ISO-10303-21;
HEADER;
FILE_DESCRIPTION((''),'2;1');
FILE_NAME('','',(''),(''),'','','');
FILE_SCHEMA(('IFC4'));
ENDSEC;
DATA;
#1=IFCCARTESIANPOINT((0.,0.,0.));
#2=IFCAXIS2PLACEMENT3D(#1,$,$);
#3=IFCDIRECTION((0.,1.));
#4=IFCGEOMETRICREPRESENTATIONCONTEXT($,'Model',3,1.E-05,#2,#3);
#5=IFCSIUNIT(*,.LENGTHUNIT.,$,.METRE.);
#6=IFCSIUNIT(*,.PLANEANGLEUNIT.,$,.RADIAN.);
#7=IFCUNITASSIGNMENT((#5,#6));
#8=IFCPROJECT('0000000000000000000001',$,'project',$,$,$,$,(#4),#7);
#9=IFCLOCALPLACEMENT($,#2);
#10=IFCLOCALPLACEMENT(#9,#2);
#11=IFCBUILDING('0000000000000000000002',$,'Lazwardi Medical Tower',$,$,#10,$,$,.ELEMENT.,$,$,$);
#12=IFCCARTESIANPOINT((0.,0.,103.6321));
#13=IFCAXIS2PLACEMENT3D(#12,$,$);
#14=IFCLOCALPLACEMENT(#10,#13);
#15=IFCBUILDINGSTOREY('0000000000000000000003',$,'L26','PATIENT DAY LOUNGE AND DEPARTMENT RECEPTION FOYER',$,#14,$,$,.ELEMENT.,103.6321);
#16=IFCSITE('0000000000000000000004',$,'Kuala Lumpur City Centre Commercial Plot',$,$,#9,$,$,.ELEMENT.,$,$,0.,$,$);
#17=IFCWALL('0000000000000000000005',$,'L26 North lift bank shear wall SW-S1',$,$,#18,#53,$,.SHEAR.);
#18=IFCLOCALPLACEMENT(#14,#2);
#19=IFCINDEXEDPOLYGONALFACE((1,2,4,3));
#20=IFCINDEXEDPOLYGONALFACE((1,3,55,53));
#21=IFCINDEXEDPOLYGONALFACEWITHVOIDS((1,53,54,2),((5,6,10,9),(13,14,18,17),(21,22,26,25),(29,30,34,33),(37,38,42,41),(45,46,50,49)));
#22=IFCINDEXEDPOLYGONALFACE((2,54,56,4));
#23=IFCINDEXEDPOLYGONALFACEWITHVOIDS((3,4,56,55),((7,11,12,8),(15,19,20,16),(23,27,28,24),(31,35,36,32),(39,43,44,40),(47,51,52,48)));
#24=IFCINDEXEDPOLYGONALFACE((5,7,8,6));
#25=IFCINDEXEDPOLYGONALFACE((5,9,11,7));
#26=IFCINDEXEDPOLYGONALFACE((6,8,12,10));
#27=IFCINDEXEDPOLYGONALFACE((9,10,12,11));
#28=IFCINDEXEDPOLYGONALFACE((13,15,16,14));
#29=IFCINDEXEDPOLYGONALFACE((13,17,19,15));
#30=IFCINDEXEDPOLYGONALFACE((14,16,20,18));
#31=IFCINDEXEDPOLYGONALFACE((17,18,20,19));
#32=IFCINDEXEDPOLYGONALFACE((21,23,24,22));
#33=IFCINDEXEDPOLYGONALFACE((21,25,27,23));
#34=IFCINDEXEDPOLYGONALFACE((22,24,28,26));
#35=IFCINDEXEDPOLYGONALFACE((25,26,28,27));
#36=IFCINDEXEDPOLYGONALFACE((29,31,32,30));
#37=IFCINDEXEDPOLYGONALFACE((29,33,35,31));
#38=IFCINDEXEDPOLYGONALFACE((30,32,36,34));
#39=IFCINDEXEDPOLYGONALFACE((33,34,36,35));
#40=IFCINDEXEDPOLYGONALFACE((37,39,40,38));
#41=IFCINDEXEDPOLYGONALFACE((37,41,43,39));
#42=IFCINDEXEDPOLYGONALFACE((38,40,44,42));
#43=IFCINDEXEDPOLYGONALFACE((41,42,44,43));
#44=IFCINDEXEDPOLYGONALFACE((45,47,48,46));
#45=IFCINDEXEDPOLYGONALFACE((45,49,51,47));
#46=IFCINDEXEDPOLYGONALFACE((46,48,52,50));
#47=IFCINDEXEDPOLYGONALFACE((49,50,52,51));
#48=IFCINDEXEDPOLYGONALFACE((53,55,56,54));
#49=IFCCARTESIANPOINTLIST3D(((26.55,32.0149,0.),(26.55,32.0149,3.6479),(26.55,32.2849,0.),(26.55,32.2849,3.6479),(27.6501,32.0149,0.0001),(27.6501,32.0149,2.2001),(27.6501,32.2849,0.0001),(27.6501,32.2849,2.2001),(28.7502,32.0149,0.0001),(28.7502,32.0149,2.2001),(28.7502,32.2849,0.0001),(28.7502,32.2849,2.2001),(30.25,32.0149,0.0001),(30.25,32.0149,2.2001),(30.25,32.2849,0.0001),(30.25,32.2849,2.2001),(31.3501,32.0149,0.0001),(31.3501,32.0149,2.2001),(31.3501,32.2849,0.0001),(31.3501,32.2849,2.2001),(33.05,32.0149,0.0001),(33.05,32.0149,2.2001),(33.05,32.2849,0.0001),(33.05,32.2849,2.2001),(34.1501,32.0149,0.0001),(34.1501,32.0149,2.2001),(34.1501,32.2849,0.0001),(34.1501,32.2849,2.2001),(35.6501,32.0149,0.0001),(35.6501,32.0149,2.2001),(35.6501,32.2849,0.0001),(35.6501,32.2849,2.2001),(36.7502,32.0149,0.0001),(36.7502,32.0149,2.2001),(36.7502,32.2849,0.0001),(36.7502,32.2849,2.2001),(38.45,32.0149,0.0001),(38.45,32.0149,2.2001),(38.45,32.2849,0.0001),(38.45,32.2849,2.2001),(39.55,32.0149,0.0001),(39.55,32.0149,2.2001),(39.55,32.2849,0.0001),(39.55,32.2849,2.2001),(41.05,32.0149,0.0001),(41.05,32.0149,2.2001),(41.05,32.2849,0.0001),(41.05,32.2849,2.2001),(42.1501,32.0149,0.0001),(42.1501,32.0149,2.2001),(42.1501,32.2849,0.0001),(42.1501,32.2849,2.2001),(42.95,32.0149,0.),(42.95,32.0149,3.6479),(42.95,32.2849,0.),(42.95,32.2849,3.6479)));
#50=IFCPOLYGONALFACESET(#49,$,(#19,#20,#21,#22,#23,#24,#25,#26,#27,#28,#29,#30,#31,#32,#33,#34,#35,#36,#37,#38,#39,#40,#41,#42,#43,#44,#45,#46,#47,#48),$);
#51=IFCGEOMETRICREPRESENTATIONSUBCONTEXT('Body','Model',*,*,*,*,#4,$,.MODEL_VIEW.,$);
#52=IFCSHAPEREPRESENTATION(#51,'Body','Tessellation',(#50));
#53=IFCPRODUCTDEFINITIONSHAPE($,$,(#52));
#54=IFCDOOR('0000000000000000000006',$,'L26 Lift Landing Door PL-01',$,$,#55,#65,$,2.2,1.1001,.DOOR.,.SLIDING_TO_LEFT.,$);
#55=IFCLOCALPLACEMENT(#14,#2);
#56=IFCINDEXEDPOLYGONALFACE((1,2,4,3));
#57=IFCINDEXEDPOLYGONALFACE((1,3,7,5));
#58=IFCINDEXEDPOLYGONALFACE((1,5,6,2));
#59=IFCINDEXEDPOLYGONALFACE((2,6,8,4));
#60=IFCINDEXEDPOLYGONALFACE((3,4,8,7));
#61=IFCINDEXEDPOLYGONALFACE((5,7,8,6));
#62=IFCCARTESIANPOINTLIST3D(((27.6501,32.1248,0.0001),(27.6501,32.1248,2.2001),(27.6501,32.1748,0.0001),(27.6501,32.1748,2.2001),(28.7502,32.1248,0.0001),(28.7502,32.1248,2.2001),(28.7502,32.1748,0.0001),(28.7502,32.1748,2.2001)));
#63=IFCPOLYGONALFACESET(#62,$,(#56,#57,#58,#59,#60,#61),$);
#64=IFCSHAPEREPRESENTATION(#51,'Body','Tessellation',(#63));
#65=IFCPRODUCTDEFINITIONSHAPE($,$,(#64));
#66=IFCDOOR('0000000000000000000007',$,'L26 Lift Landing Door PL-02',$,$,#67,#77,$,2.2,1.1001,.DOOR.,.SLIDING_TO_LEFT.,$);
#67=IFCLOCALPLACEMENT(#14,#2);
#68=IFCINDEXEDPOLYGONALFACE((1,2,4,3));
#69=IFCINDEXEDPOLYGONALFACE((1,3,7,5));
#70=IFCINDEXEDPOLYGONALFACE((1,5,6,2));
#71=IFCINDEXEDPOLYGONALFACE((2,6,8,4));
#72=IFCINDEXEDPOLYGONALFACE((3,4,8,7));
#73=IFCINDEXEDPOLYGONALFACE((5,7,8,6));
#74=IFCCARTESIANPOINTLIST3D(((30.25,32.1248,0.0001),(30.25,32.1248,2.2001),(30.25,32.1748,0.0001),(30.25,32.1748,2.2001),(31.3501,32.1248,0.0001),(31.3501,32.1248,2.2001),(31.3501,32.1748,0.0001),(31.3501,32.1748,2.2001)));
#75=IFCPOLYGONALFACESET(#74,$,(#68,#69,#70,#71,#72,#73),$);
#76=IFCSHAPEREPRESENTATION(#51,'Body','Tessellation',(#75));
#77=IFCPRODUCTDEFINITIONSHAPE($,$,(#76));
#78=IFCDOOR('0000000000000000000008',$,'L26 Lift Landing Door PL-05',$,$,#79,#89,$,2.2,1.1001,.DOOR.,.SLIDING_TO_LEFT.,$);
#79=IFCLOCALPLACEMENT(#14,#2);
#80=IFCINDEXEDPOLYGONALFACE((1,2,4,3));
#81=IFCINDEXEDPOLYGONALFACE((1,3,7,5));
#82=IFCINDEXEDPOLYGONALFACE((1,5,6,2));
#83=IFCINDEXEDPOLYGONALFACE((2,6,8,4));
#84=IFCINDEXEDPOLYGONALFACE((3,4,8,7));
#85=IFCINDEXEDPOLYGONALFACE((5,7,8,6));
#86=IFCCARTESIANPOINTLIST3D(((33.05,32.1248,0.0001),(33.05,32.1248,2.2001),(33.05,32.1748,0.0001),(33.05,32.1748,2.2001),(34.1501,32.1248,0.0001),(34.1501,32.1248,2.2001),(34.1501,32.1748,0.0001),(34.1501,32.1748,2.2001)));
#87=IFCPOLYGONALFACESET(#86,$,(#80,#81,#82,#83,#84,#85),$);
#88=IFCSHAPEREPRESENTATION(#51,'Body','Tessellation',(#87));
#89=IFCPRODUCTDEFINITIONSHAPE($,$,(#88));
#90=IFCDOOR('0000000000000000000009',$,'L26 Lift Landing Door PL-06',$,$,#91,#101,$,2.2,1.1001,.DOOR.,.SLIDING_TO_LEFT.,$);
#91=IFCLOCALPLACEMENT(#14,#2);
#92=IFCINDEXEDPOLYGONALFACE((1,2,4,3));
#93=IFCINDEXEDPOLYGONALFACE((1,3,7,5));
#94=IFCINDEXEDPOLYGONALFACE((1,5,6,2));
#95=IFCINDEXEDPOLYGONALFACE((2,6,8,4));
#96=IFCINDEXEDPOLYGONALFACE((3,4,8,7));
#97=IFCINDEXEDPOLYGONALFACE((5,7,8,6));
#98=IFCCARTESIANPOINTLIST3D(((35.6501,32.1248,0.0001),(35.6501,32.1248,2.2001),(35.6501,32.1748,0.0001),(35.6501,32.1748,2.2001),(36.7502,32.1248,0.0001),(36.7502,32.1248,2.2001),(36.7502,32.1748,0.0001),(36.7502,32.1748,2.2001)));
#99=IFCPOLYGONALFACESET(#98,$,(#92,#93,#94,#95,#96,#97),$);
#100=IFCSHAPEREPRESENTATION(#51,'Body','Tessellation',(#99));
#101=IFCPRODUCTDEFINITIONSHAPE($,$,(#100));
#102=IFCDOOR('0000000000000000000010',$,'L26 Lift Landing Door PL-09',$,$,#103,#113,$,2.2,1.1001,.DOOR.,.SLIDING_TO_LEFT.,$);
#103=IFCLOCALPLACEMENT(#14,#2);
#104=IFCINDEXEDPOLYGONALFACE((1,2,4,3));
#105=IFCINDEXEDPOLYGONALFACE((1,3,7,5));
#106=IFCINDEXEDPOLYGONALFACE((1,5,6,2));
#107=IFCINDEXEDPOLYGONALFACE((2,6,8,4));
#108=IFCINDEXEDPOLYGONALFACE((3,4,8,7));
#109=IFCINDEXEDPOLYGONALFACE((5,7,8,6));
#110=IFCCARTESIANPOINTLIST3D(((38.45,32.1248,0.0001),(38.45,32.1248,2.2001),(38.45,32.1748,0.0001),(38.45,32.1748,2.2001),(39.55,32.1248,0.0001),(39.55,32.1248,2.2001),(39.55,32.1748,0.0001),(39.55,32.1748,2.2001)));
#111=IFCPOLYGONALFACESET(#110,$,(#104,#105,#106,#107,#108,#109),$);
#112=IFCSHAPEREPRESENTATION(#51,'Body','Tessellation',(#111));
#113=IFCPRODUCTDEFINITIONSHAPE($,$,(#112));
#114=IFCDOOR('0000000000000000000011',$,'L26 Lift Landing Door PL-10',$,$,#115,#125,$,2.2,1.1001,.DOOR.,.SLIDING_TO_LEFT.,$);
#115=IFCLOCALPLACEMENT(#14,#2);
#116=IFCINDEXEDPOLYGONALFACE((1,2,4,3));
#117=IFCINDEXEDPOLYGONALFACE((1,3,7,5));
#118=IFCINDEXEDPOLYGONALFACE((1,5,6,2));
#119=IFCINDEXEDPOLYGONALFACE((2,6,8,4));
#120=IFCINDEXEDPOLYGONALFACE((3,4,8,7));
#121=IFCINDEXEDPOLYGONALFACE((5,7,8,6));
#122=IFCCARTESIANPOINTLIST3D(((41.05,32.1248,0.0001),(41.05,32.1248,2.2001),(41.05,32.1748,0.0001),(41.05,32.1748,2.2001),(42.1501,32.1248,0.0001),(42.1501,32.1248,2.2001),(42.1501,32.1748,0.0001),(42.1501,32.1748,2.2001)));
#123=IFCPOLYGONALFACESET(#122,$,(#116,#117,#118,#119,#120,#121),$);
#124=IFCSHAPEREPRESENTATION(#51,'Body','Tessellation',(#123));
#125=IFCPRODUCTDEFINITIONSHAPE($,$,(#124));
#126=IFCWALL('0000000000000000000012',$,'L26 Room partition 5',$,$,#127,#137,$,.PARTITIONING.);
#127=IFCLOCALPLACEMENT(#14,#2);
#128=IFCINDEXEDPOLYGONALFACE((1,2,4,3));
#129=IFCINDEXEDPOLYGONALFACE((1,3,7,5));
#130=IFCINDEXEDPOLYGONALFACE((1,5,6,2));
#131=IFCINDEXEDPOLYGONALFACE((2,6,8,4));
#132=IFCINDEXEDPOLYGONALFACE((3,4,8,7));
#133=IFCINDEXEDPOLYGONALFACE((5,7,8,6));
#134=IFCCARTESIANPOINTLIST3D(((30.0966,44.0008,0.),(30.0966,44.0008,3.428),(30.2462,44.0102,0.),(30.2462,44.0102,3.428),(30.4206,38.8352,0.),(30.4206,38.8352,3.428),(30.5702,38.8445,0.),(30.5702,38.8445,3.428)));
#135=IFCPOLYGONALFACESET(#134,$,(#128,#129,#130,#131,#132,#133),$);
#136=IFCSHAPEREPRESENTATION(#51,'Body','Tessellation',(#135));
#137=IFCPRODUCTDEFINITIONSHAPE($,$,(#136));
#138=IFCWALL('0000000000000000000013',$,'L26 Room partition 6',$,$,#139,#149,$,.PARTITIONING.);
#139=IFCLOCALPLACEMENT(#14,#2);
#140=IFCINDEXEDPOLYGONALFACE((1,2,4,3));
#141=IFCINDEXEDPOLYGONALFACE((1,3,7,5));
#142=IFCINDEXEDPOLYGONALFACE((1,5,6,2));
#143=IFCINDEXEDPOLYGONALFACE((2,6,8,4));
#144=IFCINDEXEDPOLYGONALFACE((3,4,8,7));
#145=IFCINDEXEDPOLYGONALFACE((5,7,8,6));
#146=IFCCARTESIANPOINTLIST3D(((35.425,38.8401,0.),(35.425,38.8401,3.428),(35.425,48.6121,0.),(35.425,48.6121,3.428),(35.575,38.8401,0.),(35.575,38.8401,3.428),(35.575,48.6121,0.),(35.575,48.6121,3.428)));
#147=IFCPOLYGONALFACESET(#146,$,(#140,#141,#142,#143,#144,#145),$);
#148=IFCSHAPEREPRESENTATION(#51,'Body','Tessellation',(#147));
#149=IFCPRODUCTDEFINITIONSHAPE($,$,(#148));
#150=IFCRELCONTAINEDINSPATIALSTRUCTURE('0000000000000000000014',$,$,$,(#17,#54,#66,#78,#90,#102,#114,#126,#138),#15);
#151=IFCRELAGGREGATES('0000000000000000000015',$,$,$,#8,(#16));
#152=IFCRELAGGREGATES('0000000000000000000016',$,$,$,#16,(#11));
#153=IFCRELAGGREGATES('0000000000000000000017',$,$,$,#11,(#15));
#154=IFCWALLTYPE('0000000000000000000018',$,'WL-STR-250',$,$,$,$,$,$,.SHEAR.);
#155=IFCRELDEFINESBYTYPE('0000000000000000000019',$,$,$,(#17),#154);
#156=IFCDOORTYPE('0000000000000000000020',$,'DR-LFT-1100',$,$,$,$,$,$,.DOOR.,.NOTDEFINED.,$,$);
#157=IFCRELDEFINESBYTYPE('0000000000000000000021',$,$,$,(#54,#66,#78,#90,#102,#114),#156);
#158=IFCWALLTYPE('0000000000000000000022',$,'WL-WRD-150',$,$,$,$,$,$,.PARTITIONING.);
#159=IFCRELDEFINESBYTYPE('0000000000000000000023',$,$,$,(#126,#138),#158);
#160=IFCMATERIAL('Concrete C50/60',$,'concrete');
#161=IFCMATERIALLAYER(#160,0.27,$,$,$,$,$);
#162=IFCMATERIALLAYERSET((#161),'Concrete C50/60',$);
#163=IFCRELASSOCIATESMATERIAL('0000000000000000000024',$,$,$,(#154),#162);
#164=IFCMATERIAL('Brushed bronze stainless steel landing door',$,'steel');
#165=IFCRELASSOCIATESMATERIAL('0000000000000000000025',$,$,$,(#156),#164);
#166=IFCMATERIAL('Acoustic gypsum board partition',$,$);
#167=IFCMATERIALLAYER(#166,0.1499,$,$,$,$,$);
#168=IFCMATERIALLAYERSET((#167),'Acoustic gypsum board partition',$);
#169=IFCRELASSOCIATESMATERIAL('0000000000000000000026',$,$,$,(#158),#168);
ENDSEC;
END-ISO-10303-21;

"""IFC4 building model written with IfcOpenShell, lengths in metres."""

from ifc_helpers import new_model, si_unit, direction, frame, frame_2d, origin, place, context, subcontext, project, spatial, rectangle, extrude, material, layer, layer_set, type_object, element, fill, save


model = new_model("IFC4")

# Units and contexts
model_context = context("Model", 3, precision=1e-05, world=origin(), true_north=direction((0.0, 1.0)))
body_context = subcontext(model_context, "Body", "Model", "MODEL_VIEW")
ifc_project = project(units=[si_unit("LENGTHUNIT", "METRE"), si_unit("PLANEANGLEUNIT", "RADIAN")], contexts=[model_context])

# Site, building, storey
site_placement = place(None, origin())
site = spatial("IfcSite", under=ifc_project, at=site_placement, Name="Kuala Lumpur City Centre Commercial Plot", CompositionType="ELEMENT", RefElevation=0.0)
building_placement = place(site_placement, origin())
building = spatial("IfcBuilding", under=site, at=building_placement, Name="Lazwardi Medical Tower", CompositionType="ELEMENT")
storey_placement = place(building_placement, frame((0.0, 0.0, 103.6321)))
storey = spatial("IfcBuildingStorey", under=building, at=storey_placement, Name="L26", Description="PATIENT DAY LOUNGE AND DEPARTMENT RECEPTION FOYER", CompositionType="ELEMENT", Elevation=103.6321)

# Shared definitions
ifc_material_1 = material(Name="Concrete C50/60", Category="concrete")
ifc_layer_1 = layer(ifc_material_1, 0.27)
ifc_layer_set_1 = layer_set([ifc_layer_1], Name="Concrete C50/60")
wall_type_1 = type_object("IfcWallType", Name="WL-STR-250", PredefinedType="SHEAR", material=ifc_layer_set_1)

# Wall, openings, doors
wall_1_placement = place(storey_placement, frame((26.55, 32.1499, 0.0), z_axis=(0.0, 0.0, 1.0), x_axis=(1.0, 0.0, 0.0)))
wall_1 = element("IfcWall", 1, at=wall_1_placement, inside=storey, type_object=wall_type_1, Name="L26 North lift bank shear wall SW-S1", PredefinedType="SHEAR", context=body_context, shape_type="SweptSolid", body=[
    extrude(rectangle(XDim=16.3999, YDim=0.27, at=frame_2d((8.2, 0.0))), origin(), (0.0, 0.0, 1.0), 3.6479),
])
opening_1_placement = place(wall_1_placement, frame((1.1001, 0.0, 0.0)))
opening_1 = element("IfcOpeningElement", 2, at=opening_1_placement, cuts=wall_1, PredefinedType="OPENING", context=body_context, shape_type="SweptSolid", body=[
    extrude(rectangle(XDim=1.1001, YDim=2.2, at=frame_2d((0.55, 1.1001))), frame((0.0, 0.145, 0.0), z_axis=(0.0, -1.0, 0.0), x_axis=(1.0, 0.0, 0.0)), (0.0, 0.0, 1.0), 0.29),
])
opening_2_placement = place(wall_1_placement, frame((3.7, 0.0, 0.0)))
opening_2 = element("IfcOpeningElement", 3, at=opening_2_placement, cuts=wall_1, PredefinedType="OPENING", context=body_context, shape_type="SweptSolid", body=[
    extrude(rectangle(XDim=1.1001, YDim=2.2, at=frame_2d((0.55, 1.1001))), frame((0.0, 0.145, 0.0), z_axis=(0.0, -1.0, 0.0), x_axis=(1.0, 0.0, 0.0)), (0.0, 0.0, 1.0), 0.29),
])
opening_3_placement = place(wall_1_placement, frame((6.5, 0.0, 0.0)))
opening_3 = element("IfcOpeningElement", 4, at=opening_3_placement, cuts=wall_1, PredefinedType="OPENING", context=body_context, shape_type="SweptSolid", body=[
    extrude(rectangle(XDim=1.1001, YDim=2.2, at=frame_2d((0.55, 1.1001))), frame((0.0, 0.145, 0.0), z_axis=(0.0, -1.0, 0.0), x_axis=(1.0, 0.0, 0.0)), (0.0, 0.0, 1.0), 0.29),
])
opening_4_placement = place(wall_1_placement, frame((9.1001, 0.0, 0.0)))
opening_4 = element("IfcOpeningElement", 5, at=opening_4_placement, cuts=wall_1, PredefinedType="OPENING", context=body_context, shape_type="SweptSolid", body=[
    extrude(rectangle(XDim=1.1001, YDim=2.2, at=frame_2d((0.55, 1.1001))), frame((0.0, 0.145, 0.0), z_axis=(0.0, -1.0, 0.0), x_axis=(1.0, 0.0, 0.0)), (0.0, 0.0, 1.0), 0.29),
])
opening_5_placement = place(wall_1_placement, frame((11.8999, 0.0, 0.0)))
opening_5 = element("IfcOpeningElement", 6, at=opening_5_placement, cuts=wall_1, PredefinedType="OPENING", context=body_context, shape_type="SweptSolid", body=[
    extrude(rectangle(XDim=1.1001, YDim=2.2, at=frame_2d((0.55, 1.1001))), frame((0.0, 0.145, 0.0), z_axis=(0.0, -1.0, 0.0), x_axis=(1.0, 0.0, 0.0)), (0.0, 0.0, 1.0), 0.29),
])
opening_6_placement = place(wall_1_placement, frame((14.5, 0.0, 0.0)))
opening_6 = element("IfcOpeningElement", 7, at=opening_6_placement, cuts=wall_1, PredefinedType="OPENING", context=body_context, shape_type="SweptSolid", body=[
    extrude(rectangle(XDim=1.1001, YDim=2.2, at=frame_2d((0.55, 1.1001))), frame((0.0, 0.145, 0.0), z_axis=(0.0, -1.0, 0.0), x_axis=(1.0, 0.0, 0.0)), (0.0, 0.0, 1.0), 0.29),
])
ifc_material_2 = material(Name="Brushed bronze stainless steel landing door", Category="steel")
door_type_1 = type_object("IfcDoorType", Name="DR-LFT-1100", OperationType="NOTDEFINED", PredefinedType="DOOR", material=ifc_material_2)
door_1_placement = place(opening_1_placement, origin())
door_1 = element("IfcDoor", 8, at=door_1_placement, inside=storey, type_object=door_type_1, Name="L26 Lift Landing Door PL-01", OperationType="SLIDING_TO_LEFT", OverallHeight=2.2, OverallWidth=1.1001, PredefinedType="DOOR", context=body_context, shape_type="SweptSolid", body=[
    extrude(rectangle(XDim=1.1001, YDim=2.2, at=frame_2d((0.55, 1.1001))), frame((0.0, 0.0249, 0.0), z_axis=(0.0, -1.0, 0.0), x_axis=(1.0, 0.0, 0.0)), (0.0, 0.0, 1.0), 0.05),
])
fill(opening_1, door_1)
door_2_placement = place(opening_2_placement, origin())
door_2 = element("IfcDoor", 9, at=door_2_placement, inside=storey, type_object=door_type_1, Name="L26 Lift Landing Door PL-02", OperationType="SLIDING_TO_LEFT", OverallHeight=2.2, OverallWidth=1.1001, PredefinedType="DOOR", context=body_context, shape_type="SweptSolid", body=[
    extrude(rectangle(XDim=1.1001, YDim=2.2, at=frame_2d((0.55, 1.1001))), frame((0.0, 0.0249, 0.0), z_axis=(0.0, -1.0, 0.0), x_axis=(1.0, 0.0, 0.0)), (0.0, 0.0, 1.0), 0.05),
])
fill(opening_2, door_2)
door_3_placement = place(opening_3_placement, origin())
door_3 = element("IfcDoor", 10, at=door_3_placement, inside=storey, type_object=door_type_1, Name="L26 Lift Landing Door PL-05", OperationType="SLIDING_TO_LEFT", OverallHeight=2.2, OverallWidth=1.1001, PredefinedType="DOOR", context=body_context, shape_type="SweptSolid", body=[
    extrude(rectangle(XDim=1.1001, YDim=2.2, at=frame_2d((0.55, 1.1001))), frame((0.0, 0.0249, 0.0), z_axis=(0.0, -1.0, 0.0), x_axis=(1.0, 0.0, 0.0)), (0.0, 0.0, 1.0), 0.05),
])
fill(opening_3, door_3)
door_4_placement = place(opening_4_placement, origin())
door_4 = element("IfcDoor", 11, at=door_4_placement, inside=storey, type_object=door_type_1, Name="L26 Lift Landing Door PL-06", OperationType="SLIDING_TO_LEFT", OverallHeight=2.2, OverallWidth=1.1001, PredefinedType="DOOR", context=body_context, shape_type="SweptSolid", body=[
    extrude(rectangle(XDim=1.1001, YDim=2.2, at=frame_2d((0.55, 1.1001))), frame((0.0, 0.0249, 0.0), z_axis=(0.0, -1.0, 0.0), x_axis=(1.0, 0.0, 0.0)), (0.0, 0.0, 1.0), 0.05),
])
fill(opening_4, door_4)
door_5_placement = place(opening_5_placement, origin())
door_5 = element("IfcDoor", 12, at=door_5_placement, inside=storey, type_object=door_type_1, Name="L26 Lift Landing Door PL-09", OperationType="SLIDING_TO_LEFT", OverallHeight=2.2, OverallWidth=1.1001, PredefinedType="DOOR", context=body_context, shape_type="SweptSolid", body=[
    extrude(rectangle(XDim=1.1001, YDim=2.2, at=frame_2d((0.55, 1.1001))), frame((0.0, 0.0249, 0.0), z_axis=(0.0, -1.0, 0.0), x_axis=(1.0, 0.0, 0.0)), (0.0, 0.0, 1.0), 0.05),
])
fill(opening_5, door_5)
door_6_placement = place(opening_6_placement, origin())
door_6 = element("IfcDoor", 13, at=door_6_placement, inside=storey, type_object=door_type_1, Name="L26 Lift Landing Door PL-10", OperationType="SLIDING_TO_LEFT", OverallHeight=2.2, OverallWidth=1.1001, PredefinedType="DOOR", context=body_context, shape_type="SweptSolid", body=[
    extrude(rectangle(XDim=1.1001, YDim=2.2, at=frame_2d((0.55, 1.1001))), frame((0.0, 0.0249, 0.0), z_axis=(0.0, -1.0, 0.0), x_axis=(1.0, 0.0, 0.0)), (0.0, 0.0, 1.0), 0.05),
])
fill(opening_6, door_6)

# Walls
ifc_material_3 = material(Name="Acoustic gypsum board partition")
ifc_layer_2 = layer(ifc_material_3, 0.1499)
ifc_layer_set_2 = layer_set([ifc_layer_2], Name="Acoustic gypsum board partition")
wall_type_2 = type_object("IfcWallType", Name="WL-WRD-150", PredefinedType="PARTITIONING", material=ifc_layer_set_2)
wall_2_placement = place(storey_placement, frame((30.4954, 38.8398, 0.0), z_axis=(0.0, 0.0, 1.0), x_axis=(-0.062596, 0.998039, 0.0)))
element("IfcWall", 14, at=wall_2_placement, inside=storey, type_object=wall_type_2, Name="L26 Room partition 5", PredefinedType="PARTITIONING", context=body_context, shape_type="SweptSolid", body=[
    extrude(rectangle(XDim=5.1758, YDim=0.1499, at=frame_2d((2.5879, 0.0))), origin(), (0.0, 0.0, 1.0), 3.428),
])
wall_3_placement = place(storey_placement, frame((35.5, 38.8401, 0.0), z_axis=(0.0, 0.0, 1.0), x_axis=(0.0, 1.0, 0.0)))
element("IfcWall", 15, at=wall_3_placement, inside=storey, type_object=wall_type_2, Name="L26 Room partition 6", PredefinedType="PARTITIONING", context=body_context, shape_type="SweptSolid", body=[
    extrude(rectangle(XDim=9.772, YDim=0.1499, at=frame_2d((4.886, 0.0))), origin(), (0.0, 0.0, 1.0), 3.428),
])

save(model, "model.ifc")
